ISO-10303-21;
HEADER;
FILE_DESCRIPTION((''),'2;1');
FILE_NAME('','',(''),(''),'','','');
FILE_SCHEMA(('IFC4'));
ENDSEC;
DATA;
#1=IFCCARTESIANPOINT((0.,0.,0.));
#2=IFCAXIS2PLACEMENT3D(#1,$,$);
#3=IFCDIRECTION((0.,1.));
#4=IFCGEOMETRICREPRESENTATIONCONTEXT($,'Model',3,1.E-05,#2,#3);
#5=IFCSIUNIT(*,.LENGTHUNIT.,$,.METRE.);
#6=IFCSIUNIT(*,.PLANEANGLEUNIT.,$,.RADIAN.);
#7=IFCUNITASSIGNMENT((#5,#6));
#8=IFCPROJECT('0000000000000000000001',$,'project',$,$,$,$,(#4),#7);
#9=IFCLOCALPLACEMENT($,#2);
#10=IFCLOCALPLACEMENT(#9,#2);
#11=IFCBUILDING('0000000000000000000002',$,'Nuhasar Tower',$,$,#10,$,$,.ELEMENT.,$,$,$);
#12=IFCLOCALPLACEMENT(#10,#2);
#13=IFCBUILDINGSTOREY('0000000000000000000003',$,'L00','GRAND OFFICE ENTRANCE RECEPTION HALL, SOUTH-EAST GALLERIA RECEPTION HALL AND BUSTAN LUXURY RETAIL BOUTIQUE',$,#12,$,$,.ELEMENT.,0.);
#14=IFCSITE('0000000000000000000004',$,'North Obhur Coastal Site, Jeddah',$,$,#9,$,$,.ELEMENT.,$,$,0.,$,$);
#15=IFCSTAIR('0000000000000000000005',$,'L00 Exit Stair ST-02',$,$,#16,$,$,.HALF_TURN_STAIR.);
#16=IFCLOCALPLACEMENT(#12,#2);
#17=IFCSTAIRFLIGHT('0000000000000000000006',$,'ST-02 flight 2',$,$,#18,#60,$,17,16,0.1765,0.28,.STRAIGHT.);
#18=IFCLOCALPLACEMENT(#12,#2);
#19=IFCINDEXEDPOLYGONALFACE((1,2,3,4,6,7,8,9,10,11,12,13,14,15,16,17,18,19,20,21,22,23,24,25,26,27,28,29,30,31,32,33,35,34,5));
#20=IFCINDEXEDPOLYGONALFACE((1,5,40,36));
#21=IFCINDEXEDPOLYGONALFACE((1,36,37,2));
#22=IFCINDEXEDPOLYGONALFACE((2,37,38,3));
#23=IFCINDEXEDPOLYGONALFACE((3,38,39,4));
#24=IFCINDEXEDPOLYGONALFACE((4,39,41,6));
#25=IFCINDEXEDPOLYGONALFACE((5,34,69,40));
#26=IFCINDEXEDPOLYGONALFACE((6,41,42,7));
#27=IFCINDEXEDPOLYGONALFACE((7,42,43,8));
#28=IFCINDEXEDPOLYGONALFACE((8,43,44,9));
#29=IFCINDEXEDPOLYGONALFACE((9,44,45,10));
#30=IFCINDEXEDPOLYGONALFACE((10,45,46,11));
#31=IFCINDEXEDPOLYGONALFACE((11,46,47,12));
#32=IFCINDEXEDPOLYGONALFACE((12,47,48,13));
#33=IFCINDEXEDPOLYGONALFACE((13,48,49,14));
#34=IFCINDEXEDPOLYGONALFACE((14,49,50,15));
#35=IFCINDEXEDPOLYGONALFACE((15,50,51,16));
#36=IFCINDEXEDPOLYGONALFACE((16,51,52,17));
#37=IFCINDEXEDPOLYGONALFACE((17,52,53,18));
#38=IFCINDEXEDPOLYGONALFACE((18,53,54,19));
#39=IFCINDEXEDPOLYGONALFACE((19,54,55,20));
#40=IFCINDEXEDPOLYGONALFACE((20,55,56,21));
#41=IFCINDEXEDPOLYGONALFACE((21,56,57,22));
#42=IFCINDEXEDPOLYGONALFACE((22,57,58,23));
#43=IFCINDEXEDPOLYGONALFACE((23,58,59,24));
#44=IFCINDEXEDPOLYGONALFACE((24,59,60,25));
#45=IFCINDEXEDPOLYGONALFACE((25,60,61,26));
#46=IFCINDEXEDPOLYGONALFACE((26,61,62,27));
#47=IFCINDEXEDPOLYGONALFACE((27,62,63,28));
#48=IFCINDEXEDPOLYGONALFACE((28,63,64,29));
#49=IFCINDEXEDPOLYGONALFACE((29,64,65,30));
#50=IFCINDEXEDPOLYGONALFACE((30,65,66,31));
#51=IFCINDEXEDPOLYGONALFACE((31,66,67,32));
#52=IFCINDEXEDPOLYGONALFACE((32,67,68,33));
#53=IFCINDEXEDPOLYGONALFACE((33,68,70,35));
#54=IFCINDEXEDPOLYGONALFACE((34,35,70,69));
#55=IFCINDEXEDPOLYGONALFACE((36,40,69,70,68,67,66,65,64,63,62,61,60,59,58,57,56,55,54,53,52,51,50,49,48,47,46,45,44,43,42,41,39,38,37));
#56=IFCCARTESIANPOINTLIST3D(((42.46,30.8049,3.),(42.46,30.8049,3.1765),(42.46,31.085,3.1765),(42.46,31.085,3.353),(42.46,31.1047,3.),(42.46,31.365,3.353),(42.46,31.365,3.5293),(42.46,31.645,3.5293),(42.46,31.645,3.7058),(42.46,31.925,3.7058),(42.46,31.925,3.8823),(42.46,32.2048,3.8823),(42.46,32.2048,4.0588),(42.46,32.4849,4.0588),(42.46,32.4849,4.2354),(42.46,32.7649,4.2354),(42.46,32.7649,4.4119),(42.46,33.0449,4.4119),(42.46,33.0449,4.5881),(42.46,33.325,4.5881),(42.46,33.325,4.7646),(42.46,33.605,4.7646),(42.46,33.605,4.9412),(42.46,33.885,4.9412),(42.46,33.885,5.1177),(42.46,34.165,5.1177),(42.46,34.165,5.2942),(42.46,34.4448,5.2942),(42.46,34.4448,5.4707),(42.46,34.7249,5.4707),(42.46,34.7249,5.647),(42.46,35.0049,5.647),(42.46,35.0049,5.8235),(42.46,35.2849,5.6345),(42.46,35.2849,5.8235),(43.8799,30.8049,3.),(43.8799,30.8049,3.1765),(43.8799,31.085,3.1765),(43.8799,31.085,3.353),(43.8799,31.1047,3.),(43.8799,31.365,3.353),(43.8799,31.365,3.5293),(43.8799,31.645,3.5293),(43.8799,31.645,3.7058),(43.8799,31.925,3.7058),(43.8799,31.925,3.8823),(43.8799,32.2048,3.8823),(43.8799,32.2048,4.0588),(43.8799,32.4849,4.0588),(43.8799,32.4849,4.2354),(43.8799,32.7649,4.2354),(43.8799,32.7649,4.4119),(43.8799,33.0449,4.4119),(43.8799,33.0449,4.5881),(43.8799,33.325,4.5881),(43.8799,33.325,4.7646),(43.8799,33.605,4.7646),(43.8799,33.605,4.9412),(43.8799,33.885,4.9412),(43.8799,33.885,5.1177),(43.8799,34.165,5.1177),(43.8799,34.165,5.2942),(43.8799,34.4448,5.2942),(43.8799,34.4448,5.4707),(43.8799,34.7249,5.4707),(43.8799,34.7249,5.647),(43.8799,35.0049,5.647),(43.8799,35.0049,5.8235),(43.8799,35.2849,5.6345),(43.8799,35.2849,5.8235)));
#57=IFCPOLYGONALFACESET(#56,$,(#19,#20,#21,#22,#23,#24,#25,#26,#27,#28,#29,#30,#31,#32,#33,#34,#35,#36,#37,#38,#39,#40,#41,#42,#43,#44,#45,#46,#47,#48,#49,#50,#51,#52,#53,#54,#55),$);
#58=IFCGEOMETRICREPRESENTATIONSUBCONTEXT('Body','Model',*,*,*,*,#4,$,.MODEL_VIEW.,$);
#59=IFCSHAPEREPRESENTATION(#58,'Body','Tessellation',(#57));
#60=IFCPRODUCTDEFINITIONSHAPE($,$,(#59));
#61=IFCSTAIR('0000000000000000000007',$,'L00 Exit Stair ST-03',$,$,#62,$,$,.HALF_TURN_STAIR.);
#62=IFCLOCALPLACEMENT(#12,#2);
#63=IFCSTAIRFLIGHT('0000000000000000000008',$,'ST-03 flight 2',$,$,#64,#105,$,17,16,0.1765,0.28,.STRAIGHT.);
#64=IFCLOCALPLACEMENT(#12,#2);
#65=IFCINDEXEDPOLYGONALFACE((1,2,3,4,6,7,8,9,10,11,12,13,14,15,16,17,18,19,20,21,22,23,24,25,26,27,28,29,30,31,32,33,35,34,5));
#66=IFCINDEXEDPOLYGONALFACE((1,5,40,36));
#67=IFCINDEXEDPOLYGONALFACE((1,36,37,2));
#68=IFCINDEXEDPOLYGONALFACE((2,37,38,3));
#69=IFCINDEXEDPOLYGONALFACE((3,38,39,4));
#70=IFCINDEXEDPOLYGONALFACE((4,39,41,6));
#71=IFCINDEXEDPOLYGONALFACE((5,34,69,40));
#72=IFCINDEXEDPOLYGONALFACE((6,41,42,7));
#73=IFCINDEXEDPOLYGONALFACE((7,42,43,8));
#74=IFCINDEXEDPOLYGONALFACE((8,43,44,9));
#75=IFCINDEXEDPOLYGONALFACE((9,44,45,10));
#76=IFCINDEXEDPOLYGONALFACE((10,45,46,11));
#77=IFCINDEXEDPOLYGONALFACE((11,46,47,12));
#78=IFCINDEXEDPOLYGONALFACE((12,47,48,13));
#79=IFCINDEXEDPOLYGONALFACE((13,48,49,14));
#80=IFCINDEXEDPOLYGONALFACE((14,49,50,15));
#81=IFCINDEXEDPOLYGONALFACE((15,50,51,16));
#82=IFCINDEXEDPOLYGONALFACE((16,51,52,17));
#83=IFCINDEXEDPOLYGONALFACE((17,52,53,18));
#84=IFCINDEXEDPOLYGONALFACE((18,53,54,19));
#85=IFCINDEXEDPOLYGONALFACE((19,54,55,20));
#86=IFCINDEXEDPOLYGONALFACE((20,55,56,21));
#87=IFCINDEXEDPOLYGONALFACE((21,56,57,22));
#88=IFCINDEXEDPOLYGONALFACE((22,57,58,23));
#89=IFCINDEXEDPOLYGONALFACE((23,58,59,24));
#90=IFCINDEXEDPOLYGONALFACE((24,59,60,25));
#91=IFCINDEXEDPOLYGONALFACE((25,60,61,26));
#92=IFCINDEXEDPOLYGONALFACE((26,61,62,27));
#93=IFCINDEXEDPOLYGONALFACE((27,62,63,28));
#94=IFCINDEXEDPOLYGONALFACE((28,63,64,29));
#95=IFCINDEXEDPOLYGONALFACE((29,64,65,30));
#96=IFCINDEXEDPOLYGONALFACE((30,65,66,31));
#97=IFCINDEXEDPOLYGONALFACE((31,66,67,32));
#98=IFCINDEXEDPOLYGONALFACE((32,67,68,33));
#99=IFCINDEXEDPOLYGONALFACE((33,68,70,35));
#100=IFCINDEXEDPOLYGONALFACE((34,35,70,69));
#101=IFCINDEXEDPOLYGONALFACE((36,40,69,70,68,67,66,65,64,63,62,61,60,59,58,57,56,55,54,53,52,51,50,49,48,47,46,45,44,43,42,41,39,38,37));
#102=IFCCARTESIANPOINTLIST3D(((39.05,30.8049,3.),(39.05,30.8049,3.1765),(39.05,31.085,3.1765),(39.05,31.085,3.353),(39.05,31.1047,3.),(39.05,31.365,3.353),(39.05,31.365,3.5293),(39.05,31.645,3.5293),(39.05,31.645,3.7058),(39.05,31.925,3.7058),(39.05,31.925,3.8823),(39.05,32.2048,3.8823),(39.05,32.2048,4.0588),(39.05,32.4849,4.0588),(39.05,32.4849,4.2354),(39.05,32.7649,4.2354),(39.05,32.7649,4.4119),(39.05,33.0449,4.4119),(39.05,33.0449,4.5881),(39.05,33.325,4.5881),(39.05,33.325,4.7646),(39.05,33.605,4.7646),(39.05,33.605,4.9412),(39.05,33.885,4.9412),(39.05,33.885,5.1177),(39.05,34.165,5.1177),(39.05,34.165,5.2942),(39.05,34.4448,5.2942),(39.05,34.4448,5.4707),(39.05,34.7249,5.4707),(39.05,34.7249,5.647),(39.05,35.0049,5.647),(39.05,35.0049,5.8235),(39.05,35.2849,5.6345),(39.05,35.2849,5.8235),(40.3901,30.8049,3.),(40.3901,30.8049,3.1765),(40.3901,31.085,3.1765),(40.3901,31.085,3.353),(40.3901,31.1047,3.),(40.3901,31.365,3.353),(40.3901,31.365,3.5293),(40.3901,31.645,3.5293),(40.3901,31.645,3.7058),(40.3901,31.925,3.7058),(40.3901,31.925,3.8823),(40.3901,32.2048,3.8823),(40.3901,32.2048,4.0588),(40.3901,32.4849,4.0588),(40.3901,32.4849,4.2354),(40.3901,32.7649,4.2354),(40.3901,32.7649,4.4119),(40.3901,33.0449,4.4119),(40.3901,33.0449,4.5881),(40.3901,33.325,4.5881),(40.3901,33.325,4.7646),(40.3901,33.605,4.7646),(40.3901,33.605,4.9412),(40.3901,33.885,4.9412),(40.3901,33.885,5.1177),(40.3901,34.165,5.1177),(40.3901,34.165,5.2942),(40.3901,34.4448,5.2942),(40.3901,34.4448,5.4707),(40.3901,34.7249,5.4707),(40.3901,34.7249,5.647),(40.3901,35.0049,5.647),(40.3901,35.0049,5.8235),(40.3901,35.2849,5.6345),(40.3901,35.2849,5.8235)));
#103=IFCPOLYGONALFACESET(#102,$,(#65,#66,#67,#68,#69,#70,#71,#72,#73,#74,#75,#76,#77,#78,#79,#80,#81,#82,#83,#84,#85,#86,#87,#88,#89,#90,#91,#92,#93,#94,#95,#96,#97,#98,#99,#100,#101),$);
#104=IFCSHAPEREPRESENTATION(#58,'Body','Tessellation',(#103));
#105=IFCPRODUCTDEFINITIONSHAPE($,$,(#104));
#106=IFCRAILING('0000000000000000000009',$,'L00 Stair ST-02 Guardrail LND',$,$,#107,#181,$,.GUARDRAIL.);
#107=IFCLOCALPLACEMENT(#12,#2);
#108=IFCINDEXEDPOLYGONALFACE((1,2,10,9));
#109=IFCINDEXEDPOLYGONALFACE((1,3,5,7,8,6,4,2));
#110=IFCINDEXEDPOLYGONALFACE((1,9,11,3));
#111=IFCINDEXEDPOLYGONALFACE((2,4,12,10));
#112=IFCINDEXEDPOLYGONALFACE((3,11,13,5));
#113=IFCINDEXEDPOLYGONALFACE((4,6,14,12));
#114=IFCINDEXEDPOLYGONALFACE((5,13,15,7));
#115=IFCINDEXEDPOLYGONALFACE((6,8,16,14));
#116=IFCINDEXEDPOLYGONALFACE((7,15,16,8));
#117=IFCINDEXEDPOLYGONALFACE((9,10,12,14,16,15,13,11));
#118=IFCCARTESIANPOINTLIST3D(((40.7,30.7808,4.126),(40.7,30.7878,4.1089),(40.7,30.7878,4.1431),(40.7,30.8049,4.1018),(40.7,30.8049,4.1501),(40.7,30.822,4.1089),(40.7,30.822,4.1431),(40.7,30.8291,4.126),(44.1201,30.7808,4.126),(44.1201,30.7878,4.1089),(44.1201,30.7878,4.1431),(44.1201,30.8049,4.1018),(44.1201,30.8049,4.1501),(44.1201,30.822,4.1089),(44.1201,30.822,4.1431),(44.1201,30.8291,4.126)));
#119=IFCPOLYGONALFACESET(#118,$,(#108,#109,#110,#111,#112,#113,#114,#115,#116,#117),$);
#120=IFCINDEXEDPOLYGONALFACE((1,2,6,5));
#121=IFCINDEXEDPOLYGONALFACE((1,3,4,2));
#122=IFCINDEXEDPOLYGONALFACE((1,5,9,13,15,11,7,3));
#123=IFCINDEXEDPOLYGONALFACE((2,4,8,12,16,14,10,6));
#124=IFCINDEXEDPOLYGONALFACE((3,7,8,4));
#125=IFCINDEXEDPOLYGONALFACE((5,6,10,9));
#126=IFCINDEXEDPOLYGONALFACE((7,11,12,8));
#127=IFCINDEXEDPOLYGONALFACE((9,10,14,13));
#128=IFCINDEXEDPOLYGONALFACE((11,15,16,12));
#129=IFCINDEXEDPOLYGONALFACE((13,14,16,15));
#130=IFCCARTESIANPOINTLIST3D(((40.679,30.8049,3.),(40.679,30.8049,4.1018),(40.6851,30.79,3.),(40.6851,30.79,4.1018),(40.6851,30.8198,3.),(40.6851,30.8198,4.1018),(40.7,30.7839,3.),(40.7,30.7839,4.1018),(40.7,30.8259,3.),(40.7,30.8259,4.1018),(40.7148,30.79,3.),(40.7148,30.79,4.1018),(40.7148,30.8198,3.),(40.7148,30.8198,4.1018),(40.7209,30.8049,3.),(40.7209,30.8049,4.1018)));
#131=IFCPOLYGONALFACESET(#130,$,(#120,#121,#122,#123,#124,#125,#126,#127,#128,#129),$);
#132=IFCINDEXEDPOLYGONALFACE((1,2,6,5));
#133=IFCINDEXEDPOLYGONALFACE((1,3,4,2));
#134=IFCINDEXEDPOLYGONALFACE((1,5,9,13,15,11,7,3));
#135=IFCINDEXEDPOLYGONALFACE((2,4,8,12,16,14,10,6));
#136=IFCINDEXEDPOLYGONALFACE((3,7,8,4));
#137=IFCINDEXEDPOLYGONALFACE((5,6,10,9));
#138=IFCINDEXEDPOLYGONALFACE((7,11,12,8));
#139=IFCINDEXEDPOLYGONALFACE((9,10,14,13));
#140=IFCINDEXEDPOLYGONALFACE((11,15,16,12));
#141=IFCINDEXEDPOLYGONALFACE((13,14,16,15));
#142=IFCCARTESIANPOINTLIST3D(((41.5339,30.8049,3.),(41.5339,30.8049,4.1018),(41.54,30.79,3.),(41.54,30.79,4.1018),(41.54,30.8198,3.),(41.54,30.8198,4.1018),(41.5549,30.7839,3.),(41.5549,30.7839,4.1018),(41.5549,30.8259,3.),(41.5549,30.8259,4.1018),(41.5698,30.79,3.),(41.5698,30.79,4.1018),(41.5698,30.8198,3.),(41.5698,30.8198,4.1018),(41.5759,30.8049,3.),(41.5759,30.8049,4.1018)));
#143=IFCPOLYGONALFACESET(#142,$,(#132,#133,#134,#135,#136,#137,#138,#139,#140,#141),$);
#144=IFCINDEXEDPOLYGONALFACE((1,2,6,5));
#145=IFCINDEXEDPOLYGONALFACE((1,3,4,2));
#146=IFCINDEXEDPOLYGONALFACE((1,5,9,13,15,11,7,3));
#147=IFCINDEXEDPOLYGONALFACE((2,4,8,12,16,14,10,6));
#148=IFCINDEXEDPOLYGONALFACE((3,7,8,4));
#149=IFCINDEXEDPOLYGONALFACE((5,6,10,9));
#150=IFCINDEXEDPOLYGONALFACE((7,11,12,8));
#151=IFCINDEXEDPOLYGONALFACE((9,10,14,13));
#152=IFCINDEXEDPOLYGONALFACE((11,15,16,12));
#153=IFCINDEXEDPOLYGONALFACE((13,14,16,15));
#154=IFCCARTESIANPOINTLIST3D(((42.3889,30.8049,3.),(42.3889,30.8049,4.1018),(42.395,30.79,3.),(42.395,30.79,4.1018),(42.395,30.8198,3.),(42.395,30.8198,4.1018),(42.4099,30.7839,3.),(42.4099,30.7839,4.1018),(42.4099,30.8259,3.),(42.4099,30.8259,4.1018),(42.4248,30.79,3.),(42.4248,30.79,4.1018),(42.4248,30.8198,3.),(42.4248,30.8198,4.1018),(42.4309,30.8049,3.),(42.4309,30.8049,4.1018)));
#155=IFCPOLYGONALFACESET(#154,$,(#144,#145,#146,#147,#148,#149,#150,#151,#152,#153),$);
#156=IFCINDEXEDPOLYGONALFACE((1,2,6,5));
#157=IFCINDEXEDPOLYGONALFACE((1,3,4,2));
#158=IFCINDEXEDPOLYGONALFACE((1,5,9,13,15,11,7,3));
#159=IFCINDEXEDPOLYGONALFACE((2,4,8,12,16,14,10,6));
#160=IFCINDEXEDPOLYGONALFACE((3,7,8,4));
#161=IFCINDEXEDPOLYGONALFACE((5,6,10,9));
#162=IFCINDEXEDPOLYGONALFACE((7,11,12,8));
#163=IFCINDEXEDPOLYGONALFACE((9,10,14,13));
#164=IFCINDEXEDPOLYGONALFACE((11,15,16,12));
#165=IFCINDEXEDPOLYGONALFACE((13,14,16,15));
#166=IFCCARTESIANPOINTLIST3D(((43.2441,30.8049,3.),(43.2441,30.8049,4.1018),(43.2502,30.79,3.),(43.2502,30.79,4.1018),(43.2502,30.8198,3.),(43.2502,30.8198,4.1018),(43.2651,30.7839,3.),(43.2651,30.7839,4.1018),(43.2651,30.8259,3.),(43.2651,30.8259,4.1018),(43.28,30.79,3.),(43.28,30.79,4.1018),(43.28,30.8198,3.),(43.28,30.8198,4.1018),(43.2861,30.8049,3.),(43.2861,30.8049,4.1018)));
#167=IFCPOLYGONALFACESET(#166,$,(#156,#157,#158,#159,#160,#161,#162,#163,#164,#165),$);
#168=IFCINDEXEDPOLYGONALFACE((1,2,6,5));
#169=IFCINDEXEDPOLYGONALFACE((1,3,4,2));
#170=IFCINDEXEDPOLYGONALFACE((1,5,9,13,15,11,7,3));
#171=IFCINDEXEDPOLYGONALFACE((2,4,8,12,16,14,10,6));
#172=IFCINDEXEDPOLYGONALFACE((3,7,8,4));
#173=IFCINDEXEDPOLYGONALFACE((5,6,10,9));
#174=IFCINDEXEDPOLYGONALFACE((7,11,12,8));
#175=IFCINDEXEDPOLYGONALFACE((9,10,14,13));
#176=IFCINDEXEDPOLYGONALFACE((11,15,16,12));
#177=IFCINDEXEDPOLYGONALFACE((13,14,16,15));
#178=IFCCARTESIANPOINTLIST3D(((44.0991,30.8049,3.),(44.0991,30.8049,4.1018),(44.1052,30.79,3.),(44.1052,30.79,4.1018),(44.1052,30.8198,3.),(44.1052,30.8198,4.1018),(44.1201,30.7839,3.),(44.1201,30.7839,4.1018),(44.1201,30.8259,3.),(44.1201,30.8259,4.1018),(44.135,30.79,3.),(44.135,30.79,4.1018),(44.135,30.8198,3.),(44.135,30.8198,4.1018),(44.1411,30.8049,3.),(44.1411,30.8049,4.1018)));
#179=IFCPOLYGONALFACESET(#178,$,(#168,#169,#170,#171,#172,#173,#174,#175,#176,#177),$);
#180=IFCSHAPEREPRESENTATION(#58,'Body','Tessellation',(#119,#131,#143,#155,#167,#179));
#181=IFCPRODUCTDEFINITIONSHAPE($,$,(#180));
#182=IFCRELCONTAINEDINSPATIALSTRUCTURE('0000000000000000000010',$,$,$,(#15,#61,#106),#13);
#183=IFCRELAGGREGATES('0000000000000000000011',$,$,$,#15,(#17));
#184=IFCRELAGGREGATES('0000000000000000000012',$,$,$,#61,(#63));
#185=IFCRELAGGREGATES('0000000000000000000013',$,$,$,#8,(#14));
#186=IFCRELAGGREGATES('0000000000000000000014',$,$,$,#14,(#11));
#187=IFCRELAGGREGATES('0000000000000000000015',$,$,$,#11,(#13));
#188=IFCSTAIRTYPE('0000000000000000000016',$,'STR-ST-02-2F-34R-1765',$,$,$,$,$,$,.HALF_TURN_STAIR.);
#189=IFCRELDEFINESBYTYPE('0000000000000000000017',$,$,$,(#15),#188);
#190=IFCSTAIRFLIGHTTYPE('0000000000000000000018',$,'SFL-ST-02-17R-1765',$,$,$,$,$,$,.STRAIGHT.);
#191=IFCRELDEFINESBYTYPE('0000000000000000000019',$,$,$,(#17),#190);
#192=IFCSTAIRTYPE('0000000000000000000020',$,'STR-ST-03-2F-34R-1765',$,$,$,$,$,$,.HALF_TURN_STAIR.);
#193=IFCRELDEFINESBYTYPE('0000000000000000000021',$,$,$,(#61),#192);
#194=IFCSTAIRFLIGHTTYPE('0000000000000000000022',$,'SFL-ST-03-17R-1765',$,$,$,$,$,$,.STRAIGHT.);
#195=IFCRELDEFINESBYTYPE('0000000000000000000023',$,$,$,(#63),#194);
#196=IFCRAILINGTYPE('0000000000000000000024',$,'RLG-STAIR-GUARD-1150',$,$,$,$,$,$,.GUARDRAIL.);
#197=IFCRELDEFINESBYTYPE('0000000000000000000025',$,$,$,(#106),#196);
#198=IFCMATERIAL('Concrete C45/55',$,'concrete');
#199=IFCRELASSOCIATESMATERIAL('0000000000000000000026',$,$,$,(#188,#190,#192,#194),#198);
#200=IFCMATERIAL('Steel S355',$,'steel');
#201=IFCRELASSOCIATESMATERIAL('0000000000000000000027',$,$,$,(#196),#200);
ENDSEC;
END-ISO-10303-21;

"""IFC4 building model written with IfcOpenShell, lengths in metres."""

from ifc_helpers import new_model, si_unit, direction, frame, origin, place, context, subcontext, project, spatial, polyline, outline, extrude, material, type_object, element, aggregate, save


model = new_model("IFC4")

# Units and contexts
model_context = context("Model", 3, precision=1e-05, world=origin(), true_north=direction((0.0, 1.0)))
body_context = subcontext(model_context, "Body", "Model", "MODEL_VIEW")
ifc_project = project(units=[si_unit("LENGTHUNIT", "METRE"), si_unit("PLANEANGLEUNIT", "RADIAN")], contexts=[model_context])

# Site, building, storey
site_placement = place(None, origin())
site = spatial("IfcSite", under=ifc_project, at=site_placement, Name="North Obhur Coastal Site, Jeddah", CompositionType="ELEMENT", RefElevation=0.0)
building_placement = place(site_placement, origin())
building = spatial("IfcBuilding", under=site, at=building_placement, Name="Nuhasar Tower", CompositionType="ELEMENT")
storey_placement = place(building_placement, origin())
storey = spatial("IfcBuildingStorey", under=building, at=storey_placement, Name="L00", Description="GRAND OFFICE ENTRANCE RECEPTION HALL, SOUTH-EAST GALLERIA RECEPTION HALL AND BUSTAN LUXURY RETAIL BOUTIQUE", CompositionType="ELEMENT", Elevation=0.0)

# Shared definitions
ifc_material_1 = material(Name="Concrete C45/55", Category="concrete")

# Shared definitions
ifc_material_2 = material(Name="Steel S355", Category="steel")

# Stairs, stair flights
stair_type_1 = type_object("IfcStairType", Name="STR-ST-02-2F-34R-1765", PredefinedType="HALF_TURN_STAIR", material=ifc_material_1)
stair_1_placement = place(storey_placement, origin())
stair_1 = element("IfcStair", 1, at=stair_1_placement, inside=storey, type_object=stair_type_1, Name="L00 Exit Stair ST-02", PredefinedType="HALF_TURN_STAIR")
stair_flight_type_1 = type_object("IfcStairFlightType", Name="SFL-ST-02-17R-1765", PredefinedType="STRAIGHT", material=ifc_material_1)
stair_flight_1_placement = place(storey_placement, frame((43.1699, 30.8049, 3.0), z_axis=(0.0, 0.0, 1.0), x_axis=(0.0, 1.0, 0.0)))
stair_flight_1 = element("IfcStairFlight", 2, at=stair_flight_1_placement, type_object=stair_flight_type_1, Name="ST-02 flight 2", NumberOfRisers=17, NumberOfTreads=16, PredefinedType="STRAIGHT", RiserHeight=0.1765, TreadLength=0.28, context=body_context, shape_type="SweptSolid", body=[
    extrude(outline(polyline([(0.0, 0.0), (0.0, 0.1765), (0.28, 0.1765), (0.28, 0.353), (0.5601, 0.353), (0.5601, 0.5293), (0.8401, 0.5293), (0.8401, 0.7058), (1.1201, 0.7058), (1.1201, 0.8823), (1.3999, 0.8823), (1.3999, 1.0588), (1.6799, 1.0588), (1.6799, 1.2354), (1.96, 1.2354), (1.96, 1.4119), (2.24, 1.4119), (2.24, 1.5881), (2.52, 1.5881), (2.52, 1.7646), (2.8, 1.7646), (2.8, 1.9412), (3.0801, 1.9412), (3.0801, 2.1177), (3.3601, 2.1177), (3.3601, 2.2942), (3.6399, 2.2942), (3.6399, 2.4707), (3.9199, 2.4707), (3.9199, 2.647), (4.2, 2.647), (4.2, 2.8235), (4.48, 2.8235), (4.48, 3.0), (4.48, 2.6345), (0.2998, 0.0), (0.0, 0.0)])), frame((0.0, 0.71, 0.0), z_axis=(0.0, -1.0, 0.0), x_axis=(1.0, 0.0, 0.0)), (0.0, 0.0, 1.0), 1.4199),
])
aggregate(stair_1, [stair_flight_1])
stair_type_2 = type_object("IfcStairType", Name="STR-ST-03-2F-34R-1765", PredefinedType="HALF_TURN_STAIR", material=ifc_material_1)
stair_2_placement = place(storey_placement, origin())
stair_2 = element("IfcStair", 3, at=stair_2_placement, inside=storey, type_object=stair_type_2, Name="L00 Exit Stair ST-03", PredefinedType="HALF_TURN_STAIR")
stair_flight_type_2 = type_object("IfcStairFlightType", Name="SFL-ST-03-17R-1765", PredefinedType="STRAIGHT", material=ifc_material_1)
stair_flight_2_placement = place(storey_placement, frame((39.72, 30.8049, 3.0), z_axis=(0.0, 0.0, 1.0), x_axis=(0.0, 1.0, 0.0)))
stair_flight_2 = element("IfcStairFlight", 4, at=stair_flight_2_placement, type_object=stair_flight_type_2, Name="ST-03 flight 2", NumberOfRisers=17, NumberOfTreads=16, PredefinedType="STRAIGHT", RiserHeight=0.1765, TreadLength=0.28, context=body_context, shape_type="SweptSolid", body=[
    extrude(outline(polyline([(0.0, 0.0), (0.0, 0.1765), (0.28, 0.1765), (0.28, 0.353), (0.5601, 0.353), (0.5601, 0.5293), (0.8401, 0.5293), (0.8401, 0.7058), (1.1201, 0.7058), (1.1201, 0.8823), (1.3999, 0.8823), (1.3999, 1.0588), (1.6799, 1.0588), (1.6799, 1.2354), (1.96, 1.2354), (1.96, 1.4119), (2.24, 1.4119), (2.24, 1.5881), (2.52, 1.5881), (2.52, 1.7646), (2.8, 1.7646), (2.8, 1.9412), (3.0801, 1.9412), (3.0801, 2.1177), (3.3601, 2.1177), (3.3601, 2.2942), (3.6399, 2.2942), (3.6399, 2.4707), (3.9199, 2.4707), (3.9199, 2.647), (4.2, 2.647), (4.2, 2.8235), (4.48, 2.8235), (4.48, 3.0), (4.48, 2.6345), (0.2998, 0.0), (0.0, 0.0)])), frame((0.0, 0.6699, 0.0), z_axis=(0.0, -1.0, 0.0), x_axis=(1.0, 0.0, 0.0)), (0.0, 0.0, 1.0), 1.3401),
])
aggregate(stair_2, [stair_flight_2])

# Railing
railing_type = type_object("IfcRailingType", Name="RLG-STAIR-GUARD-1150", PredefinedType="GUARDRAIL", material=ifc_material_2)
railing_placement = place(storey_placement, frame((40.7, 30.8049, 3.0)))
element("IfcRailing", 5, at=railing_placement, inside=storey, type_object=railing_type, Name="L00 Stair ST-02 Guardrail LND", PredefinedType="GUARDRAIL", context=body_context, shape_type="SweptSolid", body=[
    extrude(outline(polyline([(0.0242, 0.0), (0.0171, 0.0171), (0.0, 0.0242), (-0.0171, 0.0171), (-0.0242, 0.0), (-0.0171, -0.0171), (0.0, -0.0242), (0.0171, -0.0171), (0.0242, 0.0)])), frame((0.0, 0.0, 1.126), z_axis=(1.0, 0.0, 0.0), x_axis=(0.0, 1.0, 0.0)), (0.0, 0.0, 1.0), 3.4202),
    extrude(outline(polyline([(0.021, 0.0), (0.0149, 0.0149), (0.0, 0.021), (-0.0149, 0.0149), (-0.021, 0.0), (-0.0149, -0.0149), (0.0, -0.021), (0.0149, -0.0149), (0.021, 0.0)])), origin(), (0.0, 0.0, 1.0), 1.1018),
    extrude(outline(polyline([(0.021, 0.0), (0.0149, 0.0149), (0.0, 0.021), (-0.0149, 0.0149), (-0.021, 0.0), (-0.0149, -0.0149), (0.0, -0.021), (0.0149, -0.0149), (0.021, 0.0)])), frame((0.855, 0.0, 0.0)), (0.0, 0.0, 1.0), 1.1018),
    extrude(outline(polyline([(0.021, 0.0), (0.0149, 0.0149), (0.0, 0.021), (-0.0149, 0.0149), (-0.021, 0.0), (-0.0149, -0.0149), (0.0, -0.021), (0.0149, -0.0149), (0.021, 0.0)])), frame((1.71, 0.0, 0.0)), (0.0, 0.0, 1.0), 1.1018),
    extrude(outline(polyline([(0.021, 0.0), (0.0149, 0.0149), (0.0, 0.021), (-0.0149, 0.0149), (-0.021, 0.0), (-0.0149, -0.0149), (0.0, -0.021), (0.0149, -0.0149), (0.021, 0.0)])), frame((2.5652, 0.0, 0.0)), (0.0, 0.0, 1.0), 1.1018),
    extrude(outline(polyline([(0.021, 0.0), (0.0149, 0.0149), (0.0, 0.021), (-0.0149, 0.0149), (-0.021, 0.0), (-0.0149, -0.0149), (0.0, -0.021), (0.0149, -0.0149), (0.021, 0.0)])), frame((3.4202, 0.0, 0.0)), (0.0, 0.0, 1.0), 1.1018),
])

save(model, "model.ifc")
